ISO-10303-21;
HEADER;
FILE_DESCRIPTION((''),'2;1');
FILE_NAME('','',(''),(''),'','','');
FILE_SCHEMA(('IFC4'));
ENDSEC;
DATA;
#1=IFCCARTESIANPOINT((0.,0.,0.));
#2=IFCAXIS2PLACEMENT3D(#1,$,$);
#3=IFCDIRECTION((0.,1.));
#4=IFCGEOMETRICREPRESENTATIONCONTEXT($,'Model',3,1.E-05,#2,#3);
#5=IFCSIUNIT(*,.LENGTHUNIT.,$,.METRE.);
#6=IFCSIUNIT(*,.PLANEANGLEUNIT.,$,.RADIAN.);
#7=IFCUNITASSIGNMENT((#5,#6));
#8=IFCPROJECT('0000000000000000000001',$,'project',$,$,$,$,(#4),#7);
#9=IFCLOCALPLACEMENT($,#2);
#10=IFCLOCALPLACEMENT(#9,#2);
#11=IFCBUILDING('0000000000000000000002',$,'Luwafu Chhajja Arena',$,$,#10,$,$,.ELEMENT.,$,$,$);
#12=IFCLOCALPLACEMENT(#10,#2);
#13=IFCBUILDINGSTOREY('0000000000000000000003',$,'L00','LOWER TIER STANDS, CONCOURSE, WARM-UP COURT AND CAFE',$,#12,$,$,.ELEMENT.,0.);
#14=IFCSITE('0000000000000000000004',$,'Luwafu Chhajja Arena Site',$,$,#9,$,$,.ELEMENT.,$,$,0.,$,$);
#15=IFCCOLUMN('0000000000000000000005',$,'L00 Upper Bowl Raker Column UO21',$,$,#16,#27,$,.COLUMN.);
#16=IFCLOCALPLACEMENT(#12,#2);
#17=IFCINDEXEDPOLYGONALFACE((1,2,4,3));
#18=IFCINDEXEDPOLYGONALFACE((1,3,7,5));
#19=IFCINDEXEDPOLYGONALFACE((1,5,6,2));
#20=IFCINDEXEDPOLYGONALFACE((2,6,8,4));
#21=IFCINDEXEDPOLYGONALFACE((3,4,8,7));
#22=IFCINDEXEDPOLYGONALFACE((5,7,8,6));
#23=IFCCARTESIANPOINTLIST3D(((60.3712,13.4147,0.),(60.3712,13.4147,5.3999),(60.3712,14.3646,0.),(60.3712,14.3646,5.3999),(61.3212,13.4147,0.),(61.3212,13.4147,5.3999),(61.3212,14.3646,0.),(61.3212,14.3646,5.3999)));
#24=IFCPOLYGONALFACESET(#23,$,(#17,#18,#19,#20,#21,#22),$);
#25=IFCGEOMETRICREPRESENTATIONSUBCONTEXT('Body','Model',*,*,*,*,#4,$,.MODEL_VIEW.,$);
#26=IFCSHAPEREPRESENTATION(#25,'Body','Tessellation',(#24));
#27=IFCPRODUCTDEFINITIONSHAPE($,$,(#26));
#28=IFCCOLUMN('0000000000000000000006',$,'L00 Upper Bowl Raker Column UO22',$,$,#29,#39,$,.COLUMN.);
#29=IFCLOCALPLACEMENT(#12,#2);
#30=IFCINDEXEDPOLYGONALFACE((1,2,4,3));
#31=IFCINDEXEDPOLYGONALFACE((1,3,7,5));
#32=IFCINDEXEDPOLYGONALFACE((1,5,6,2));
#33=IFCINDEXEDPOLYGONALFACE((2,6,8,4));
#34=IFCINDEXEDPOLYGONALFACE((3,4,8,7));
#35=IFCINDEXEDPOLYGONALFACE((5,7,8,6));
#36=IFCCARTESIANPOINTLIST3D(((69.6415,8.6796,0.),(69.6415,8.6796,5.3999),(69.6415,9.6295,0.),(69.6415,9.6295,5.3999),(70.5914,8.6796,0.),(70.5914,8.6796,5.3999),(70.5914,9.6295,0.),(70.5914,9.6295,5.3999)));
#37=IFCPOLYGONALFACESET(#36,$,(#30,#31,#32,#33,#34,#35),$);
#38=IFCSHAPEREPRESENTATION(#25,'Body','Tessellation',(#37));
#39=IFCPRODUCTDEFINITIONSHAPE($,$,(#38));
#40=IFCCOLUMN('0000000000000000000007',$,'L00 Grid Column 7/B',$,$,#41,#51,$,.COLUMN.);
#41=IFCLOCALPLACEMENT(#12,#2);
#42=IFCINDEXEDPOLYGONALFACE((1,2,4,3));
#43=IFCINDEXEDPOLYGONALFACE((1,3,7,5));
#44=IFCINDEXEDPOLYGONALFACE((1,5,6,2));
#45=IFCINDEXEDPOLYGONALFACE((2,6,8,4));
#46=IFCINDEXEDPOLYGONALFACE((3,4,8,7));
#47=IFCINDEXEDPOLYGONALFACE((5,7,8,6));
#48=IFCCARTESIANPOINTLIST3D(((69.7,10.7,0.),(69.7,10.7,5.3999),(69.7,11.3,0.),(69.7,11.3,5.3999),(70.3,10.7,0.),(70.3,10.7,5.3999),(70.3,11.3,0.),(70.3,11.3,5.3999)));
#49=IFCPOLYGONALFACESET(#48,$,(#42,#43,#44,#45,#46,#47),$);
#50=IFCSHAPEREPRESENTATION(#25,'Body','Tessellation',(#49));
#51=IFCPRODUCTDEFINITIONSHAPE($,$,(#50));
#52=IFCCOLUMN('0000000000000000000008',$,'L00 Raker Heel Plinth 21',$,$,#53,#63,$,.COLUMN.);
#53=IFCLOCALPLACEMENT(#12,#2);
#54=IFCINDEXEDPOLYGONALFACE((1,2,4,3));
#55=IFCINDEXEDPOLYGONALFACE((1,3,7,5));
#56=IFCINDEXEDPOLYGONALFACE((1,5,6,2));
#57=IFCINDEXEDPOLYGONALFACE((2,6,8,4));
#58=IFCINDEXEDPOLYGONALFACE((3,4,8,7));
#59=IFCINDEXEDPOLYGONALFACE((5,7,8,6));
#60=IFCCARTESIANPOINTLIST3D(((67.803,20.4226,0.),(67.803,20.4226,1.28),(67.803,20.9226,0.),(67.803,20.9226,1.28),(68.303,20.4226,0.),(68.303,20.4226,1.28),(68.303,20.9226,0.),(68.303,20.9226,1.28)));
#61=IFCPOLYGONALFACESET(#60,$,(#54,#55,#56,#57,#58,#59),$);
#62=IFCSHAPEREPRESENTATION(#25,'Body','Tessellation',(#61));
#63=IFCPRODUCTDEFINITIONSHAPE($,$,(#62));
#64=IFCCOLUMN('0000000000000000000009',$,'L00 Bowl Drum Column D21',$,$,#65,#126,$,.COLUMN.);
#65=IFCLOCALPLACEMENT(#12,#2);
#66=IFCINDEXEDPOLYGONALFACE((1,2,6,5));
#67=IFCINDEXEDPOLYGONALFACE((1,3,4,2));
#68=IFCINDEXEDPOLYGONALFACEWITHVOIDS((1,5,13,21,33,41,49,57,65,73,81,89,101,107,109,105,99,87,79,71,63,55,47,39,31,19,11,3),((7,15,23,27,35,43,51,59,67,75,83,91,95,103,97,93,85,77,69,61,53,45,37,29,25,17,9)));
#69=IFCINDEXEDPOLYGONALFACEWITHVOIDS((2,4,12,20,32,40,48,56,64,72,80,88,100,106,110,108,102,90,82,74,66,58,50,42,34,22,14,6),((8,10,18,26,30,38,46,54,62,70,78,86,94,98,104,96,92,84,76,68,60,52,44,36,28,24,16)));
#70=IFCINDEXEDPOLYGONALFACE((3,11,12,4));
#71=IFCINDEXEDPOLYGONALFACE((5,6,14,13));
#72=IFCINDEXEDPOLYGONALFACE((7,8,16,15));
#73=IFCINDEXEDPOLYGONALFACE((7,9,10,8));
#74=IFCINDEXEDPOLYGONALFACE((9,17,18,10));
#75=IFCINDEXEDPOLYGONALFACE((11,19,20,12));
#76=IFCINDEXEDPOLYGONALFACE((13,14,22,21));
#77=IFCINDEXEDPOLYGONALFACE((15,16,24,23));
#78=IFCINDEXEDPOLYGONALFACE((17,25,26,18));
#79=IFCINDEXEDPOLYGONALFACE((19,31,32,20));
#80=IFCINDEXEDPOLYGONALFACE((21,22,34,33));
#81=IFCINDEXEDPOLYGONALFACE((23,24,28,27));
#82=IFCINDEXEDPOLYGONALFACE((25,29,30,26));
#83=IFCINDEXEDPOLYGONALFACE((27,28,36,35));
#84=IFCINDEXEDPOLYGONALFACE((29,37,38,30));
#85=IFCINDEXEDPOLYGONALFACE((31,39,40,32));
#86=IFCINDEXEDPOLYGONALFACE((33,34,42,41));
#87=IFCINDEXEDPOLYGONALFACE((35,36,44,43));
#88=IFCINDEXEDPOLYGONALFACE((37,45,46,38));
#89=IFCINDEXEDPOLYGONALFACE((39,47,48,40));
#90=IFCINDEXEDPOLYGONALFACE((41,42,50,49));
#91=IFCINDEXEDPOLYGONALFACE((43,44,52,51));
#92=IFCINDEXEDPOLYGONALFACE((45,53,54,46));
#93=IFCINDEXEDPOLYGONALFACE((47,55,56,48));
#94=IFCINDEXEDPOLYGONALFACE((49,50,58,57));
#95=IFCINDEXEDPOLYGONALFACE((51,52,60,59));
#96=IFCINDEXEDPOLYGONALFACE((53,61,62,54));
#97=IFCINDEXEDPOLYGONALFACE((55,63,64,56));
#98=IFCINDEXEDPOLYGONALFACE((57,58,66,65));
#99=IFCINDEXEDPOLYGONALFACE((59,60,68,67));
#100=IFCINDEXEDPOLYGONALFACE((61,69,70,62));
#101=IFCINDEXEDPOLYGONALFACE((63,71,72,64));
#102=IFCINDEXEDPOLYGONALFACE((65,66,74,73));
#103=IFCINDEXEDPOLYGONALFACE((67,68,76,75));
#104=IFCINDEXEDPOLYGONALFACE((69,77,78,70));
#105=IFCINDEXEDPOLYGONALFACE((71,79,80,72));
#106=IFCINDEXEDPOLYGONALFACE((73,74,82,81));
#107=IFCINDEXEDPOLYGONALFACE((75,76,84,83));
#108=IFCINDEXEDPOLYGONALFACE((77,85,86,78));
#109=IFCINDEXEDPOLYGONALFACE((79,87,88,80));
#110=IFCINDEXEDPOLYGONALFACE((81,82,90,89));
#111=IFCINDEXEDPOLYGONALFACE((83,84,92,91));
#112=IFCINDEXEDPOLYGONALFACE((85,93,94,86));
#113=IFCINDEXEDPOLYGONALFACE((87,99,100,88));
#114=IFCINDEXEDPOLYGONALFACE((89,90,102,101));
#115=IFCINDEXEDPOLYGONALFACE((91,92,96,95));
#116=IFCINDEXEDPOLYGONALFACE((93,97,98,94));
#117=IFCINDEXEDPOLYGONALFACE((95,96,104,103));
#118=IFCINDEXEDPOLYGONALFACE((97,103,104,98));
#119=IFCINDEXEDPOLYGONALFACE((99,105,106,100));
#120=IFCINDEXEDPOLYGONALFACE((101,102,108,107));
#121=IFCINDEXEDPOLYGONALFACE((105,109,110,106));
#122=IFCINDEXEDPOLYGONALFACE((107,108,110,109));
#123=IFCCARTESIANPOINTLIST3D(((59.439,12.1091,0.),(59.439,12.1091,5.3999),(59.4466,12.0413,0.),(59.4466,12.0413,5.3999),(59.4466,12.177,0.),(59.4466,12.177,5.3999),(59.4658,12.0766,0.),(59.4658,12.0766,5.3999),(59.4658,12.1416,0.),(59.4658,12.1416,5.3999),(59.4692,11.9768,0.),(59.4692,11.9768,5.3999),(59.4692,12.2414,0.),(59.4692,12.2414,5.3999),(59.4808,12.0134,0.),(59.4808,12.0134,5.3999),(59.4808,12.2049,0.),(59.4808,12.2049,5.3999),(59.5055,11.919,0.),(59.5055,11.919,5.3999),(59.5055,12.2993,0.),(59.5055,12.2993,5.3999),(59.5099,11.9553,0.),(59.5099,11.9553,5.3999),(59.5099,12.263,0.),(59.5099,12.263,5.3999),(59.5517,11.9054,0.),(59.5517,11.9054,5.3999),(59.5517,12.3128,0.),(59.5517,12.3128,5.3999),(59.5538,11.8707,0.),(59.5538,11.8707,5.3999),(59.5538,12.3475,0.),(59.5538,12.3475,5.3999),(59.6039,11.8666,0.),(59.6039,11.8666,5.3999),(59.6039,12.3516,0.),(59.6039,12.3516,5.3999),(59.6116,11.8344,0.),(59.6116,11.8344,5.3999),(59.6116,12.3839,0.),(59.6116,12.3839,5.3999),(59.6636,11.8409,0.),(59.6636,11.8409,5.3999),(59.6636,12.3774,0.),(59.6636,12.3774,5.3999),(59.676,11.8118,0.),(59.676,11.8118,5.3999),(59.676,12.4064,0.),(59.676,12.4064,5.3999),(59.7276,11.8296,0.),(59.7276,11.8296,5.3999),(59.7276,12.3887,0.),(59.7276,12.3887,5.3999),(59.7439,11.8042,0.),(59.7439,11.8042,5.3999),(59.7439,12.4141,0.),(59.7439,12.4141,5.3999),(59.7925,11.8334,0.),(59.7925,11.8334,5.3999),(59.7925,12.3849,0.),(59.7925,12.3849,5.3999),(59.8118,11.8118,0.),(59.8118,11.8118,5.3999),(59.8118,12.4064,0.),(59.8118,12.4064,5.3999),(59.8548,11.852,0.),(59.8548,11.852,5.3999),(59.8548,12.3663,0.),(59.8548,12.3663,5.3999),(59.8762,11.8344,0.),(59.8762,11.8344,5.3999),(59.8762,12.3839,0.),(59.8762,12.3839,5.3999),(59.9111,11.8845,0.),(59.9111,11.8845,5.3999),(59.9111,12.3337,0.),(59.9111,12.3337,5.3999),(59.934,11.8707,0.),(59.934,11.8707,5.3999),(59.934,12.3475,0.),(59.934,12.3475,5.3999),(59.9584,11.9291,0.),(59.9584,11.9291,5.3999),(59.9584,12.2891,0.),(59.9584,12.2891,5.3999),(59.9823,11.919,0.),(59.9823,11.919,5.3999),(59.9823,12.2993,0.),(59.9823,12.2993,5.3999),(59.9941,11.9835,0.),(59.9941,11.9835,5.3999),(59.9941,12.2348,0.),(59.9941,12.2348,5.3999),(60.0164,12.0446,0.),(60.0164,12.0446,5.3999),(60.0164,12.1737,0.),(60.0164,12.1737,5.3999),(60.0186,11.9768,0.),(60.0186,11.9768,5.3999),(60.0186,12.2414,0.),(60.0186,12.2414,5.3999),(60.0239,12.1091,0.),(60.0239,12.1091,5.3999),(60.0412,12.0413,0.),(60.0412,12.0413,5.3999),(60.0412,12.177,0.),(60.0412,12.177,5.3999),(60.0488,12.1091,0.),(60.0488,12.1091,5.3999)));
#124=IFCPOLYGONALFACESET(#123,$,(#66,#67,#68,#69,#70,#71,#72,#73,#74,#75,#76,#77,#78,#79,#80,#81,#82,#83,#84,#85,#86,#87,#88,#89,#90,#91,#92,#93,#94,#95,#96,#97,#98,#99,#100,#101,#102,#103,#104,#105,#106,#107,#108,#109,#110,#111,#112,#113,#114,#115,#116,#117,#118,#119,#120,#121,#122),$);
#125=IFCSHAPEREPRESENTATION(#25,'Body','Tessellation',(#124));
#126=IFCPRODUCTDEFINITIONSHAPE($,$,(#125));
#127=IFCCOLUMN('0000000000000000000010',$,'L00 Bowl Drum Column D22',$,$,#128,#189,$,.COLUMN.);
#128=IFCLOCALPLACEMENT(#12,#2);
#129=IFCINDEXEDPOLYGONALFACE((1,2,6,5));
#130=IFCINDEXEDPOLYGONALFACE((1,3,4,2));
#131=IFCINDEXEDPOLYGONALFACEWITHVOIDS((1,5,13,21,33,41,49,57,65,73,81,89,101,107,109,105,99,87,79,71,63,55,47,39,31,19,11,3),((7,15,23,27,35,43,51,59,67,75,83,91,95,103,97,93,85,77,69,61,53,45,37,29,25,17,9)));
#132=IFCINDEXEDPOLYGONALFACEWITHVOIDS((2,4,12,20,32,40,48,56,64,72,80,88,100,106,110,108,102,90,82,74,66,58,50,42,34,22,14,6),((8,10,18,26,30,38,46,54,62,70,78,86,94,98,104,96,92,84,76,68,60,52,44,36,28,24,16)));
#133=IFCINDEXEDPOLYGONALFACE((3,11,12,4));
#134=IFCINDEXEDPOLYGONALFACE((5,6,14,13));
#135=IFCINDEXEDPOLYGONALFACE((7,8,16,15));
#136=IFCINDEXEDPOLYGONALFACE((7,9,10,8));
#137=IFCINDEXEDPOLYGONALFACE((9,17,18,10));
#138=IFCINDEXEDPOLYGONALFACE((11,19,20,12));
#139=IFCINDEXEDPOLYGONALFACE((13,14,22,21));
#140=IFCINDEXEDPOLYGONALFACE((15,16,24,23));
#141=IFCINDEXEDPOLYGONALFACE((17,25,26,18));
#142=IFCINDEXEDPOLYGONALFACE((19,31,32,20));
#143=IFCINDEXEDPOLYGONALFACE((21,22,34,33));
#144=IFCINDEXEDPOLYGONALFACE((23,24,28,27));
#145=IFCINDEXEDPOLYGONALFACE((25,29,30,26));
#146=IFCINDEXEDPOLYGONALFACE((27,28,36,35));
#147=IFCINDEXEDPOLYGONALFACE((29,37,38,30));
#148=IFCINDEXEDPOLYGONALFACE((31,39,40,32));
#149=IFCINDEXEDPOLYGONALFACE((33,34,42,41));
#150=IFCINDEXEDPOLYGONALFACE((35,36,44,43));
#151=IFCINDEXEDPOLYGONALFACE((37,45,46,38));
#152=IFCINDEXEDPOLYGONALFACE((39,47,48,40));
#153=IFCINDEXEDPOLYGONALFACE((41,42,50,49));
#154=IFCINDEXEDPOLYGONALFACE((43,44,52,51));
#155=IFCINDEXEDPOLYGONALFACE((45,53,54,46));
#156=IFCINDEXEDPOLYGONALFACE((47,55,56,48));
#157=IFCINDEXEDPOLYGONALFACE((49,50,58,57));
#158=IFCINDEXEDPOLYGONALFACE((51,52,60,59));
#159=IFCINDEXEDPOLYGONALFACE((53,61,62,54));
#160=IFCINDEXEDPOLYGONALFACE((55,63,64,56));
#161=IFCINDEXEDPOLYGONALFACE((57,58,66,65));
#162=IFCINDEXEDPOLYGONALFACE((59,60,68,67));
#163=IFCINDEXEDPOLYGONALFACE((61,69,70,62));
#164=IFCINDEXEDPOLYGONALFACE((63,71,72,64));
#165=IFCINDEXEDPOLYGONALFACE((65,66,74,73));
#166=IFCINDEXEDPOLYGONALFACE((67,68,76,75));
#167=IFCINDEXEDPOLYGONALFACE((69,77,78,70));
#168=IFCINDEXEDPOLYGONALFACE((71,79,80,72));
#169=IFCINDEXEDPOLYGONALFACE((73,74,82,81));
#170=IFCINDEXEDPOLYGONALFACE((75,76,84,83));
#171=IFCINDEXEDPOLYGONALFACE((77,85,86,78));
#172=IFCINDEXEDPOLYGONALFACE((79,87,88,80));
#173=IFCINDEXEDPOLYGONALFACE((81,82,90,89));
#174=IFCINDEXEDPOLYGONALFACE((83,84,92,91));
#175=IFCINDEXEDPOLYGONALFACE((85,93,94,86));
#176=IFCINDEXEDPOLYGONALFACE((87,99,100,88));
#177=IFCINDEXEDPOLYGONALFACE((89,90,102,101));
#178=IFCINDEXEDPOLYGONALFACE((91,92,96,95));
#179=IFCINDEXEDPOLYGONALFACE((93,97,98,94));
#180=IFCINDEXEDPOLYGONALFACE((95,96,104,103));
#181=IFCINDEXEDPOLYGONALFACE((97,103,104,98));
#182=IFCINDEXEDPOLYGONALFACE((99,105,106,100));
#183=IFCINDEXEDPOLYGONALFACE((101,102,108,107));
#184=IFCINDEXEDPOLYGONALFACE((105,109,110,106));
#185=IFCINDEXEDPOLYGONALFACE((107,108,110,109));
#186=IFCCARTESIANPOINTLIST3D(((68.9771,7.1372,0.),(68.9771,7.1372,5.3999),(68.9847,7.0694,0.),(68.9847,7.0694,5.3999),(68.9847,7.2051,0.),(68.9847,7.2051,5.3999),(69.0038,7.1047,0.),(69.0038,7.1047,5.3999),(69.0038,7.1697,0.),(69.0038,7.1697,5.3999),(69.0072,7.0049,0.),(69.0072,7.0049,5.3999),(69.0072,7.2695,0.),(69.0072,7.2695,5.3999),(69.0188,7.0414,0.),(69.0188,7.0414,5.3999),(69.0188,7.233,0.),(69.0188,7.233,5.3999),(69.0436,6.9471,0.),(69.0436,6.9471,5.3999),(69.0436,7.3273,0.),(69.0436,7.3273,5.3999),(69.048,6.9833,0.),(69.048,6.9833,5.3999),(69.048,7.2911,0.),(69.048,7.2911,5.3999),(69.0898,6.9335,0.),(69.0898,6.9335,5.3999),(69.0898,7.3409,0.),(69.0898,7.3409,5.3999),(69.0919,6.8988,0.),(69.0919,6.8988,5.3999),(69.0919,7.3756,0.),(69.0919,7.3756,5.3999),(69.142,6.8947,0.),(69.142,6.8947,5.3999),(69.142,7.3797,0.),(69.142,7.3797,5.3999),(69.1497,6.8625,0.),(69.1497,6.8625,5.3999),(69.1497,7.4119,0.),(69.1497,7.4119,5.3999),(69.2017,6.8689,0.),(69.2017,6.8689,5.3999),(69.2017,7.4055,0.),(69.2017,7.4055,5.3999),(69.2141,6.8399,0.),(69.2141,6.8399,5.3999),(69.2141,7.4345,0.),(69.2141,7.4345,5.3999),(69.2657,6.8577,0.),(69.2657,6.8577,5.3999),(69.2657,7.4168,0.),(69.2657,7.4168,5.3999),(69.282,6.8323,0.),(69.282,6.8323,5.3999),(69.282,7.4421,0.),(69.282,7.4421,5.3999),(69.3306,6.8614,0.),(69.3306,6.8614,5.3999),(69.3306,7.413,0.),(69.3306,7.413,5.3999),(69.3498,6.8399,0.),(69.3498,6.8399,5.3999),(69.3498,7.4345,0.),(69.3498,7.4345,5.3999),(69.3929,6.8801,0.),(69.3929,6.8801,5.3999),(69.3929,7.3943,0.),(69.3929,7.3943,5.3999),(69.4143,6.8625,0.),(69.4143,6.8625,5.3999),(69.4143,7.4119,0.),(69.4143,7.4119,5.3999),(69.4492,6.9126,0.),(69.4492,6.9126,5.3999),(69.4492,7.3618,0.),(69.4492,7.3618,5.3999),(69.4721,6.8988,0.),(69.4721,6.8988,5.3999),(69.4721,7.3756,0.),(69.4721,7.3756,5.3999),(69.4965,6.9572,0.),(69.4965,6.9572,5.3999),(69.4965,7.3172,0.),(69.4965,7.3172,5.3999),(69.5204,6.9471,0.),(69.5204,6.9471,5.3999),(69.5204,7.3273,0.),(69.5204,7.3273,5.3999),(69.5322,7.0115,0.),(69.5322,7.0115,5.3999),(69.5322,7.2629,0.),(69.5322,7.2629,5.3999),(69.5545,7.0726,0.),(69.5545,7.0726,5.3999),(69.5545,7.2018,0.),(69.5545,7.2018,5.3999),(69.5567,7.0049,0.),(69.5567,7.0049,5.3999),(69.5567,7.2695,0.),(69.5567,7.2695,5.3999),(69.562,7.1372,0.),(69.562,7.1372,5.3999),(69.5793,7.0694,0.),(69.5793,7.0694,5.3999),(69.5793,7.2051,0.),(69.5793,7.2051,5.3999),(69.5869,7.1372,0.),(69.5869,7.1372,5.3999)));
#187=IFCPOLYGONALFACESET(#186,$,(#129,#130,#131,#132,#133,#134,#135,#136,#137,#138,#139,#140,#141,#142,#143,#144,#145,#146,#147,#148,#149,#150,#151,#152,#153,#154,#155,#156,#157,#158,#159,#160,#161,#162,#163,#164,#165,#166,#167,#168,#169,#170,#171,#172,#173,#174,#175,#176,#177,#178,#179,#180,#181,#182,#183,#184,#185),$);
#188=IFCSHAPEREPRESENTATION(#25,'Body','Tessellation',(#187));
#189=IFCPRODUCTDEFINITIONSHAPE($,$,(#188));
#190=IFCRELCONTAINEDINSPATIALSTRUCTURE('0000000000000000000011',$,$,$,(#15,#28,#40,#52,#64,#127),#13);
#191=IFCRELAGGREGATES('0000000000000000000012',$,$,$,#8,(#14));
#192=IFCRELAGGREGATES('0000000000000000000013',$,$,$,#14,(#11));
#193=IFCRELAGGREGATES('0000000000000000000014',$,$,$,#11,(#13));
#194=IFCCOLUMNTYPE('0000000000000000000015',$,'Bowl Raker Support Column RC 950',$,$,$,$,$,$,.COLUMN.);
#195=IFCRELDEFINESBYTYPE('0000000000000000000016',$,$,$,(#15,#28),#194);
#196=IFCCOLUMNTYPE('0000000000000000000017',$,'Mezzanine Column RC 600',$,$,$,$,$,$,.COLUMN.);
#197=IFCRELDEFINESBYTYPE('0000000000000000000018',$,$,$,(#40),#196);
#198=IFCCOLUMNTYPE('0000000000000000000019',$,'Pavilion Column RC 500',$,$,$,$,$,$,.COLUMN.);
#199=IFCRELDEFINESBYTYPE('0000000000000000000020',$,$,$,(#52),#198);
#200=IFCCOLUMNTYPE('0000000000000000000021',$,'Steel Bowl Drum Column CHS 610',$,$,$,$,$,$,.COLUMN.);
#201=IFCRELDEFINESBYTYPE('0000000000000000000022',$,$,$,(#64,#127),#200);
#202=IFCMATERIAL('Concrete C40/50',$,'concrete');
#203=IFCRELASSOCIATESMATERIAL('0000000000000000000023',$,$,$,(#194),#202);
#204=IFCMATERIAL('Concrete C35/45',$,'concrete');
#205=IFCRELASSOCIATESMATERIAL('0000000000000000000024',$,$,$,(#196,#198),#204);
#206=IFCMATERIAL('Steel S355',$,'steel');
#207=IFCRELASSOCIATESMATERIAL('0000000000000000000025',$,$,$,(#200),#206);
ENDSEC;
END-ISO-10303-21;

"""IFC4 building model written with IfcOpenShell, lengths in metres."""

from ifc_helpers import new_model, si_unit, direction, frame, origin, origin_2d, place, context, subcontext, project, spatial, rectangle, hollow_circle, extrude, material, material_profile, profile_set, type_object, element, save


model = new_model("IFC4")

# Units and contexts
model_context = context("Model", 3, precision=1e-05, world=origin(), true_north=direction((0.0, 1.0)))
body_context = subcontext(model_context, "Body", "Model", "MODEL_VIEW")
ifc_project = project(units=[si_unit("LENGTHUNIT", "METRE"), si_unit("PLANEANGLEUNIT", "RADIAN")], contexts=[model_context])

# Site, building, storey
site_placement = place(None, origin())
site = spatial("IfcSite", under=ifc_project, at=site_placement, Name="Luwafu Chhajja Arena Site", CompositionType="ELEMENT", RefElevation=0.0)
building_placement = place(site_placement, origin())
building = spatial("IfcBuilding", under=site, at=building_placement, Name="Luwafu Chhajja Arena", CompositionType="ELEMENT")
storey_placement = place(building_placement, origin())
storey = spatial("IfcBuildingStorey", under=building, at=storey_placement, Name="L00", Description="LOWER TIER STANDS, CONCOURSE, WARM-UP COURT AND CAFE", CompositionType="ELEMENT", Elevation=0.0)

# Columns
ifc_material_1 = material(Name="Concrete C40/50", Category="concrete")
ifc_material_profile_1 = material_profile(ifc_material_1, rectangle(XDim=0.95, YDim=0.95, at=origin_2d()), Name="RC 950x950")
ifc_profile_set_1 = profile_set([ifc_material_profile_1], Name="Concrete C40/50")
column_type_1 = type_object("IfcColumnType", Name="Bowl Raker Support Column RC 950", PredefinedType="COLUMN", material=ifc_profile_set_1)
for number, where, z_axis, x_axis, name in (
    (1, (60.8462, 13.8896, 0.0), (0.0, 0.0, 1.0), (1.0, 0.0, 0.0), "L00 Upper Bowl Raker Column UO21"),
    (2, (70.1165, 9.1545, 0.0), (0.0, 0.0, 1.0), (1.0, 0.0, 0.0), "L00 Upper Bowl Raker Column UO22"),
):
    element("IfcColumn", number, at=place(storey_placement, frame(where, z_axis=z_axis, x_axis=x_axis)), inside=storey, type_object=column_type_1, Name=name, PredefinedType="COLUMN", context=body_context, shape_type="SweptSolid", body=[
        extrude(rectangle(XDim=0.95, YDim=0.95, at=origin_2d()), origin(), (0.0, 0.0, 1.0), 5.3999),
    ])
ifc_material_2 = material(Name="Concrete C35/45", Category="concrete")
ifc_material_profile_2 = material_profile(ifc_material_2, rectangle(XDim=0.6001, YDim=0.6001, at=origin_2d()), Name="RC 600x600")
ifc_profile_set_2 = profile_set([ifc_material_profile_2], Name="Concrete C35/45")
column_type_2 = type_object("IfcColumnType", Name="Mezzanine Column RC 600", PredefinedType="COLUMN", material=ifc_profile_set_2)
column_1_placement = place(storey_placement, frame((70.0, 11.0, 0.0), z_axis=(0.0, 0.0, 1.0), x_axis=(1.0, 0.0, 0.0)))
element("IfcColumn", 3, at=column_1_placement, inside=storey, type_object=column_type_2, Name="L00 Grid Column 7/B", PredefinedType="COLUMN", context=body_context, shape_type="SweptSolid", body=[
    extrude(rectangle(XDim=0.6001, YDim=0.6001, at=origin_2d()), origin(), (0.0, 0.0, 1.0), 5.3999),
])
ifc_material_profile_3 = material_profile(ifc_material_2, rectangle(XDim=0.5, YDim=0.5, at=origin_2d()), Name="RC 500x500")
ifc_profile_set_3 = profile_set([ifc_material_profile_3], Name="Concrete C35/45")
column_type_3 = type_object("IfcColumnType", Name="Pavilion Column RC 500", PredefinedType="COLUMN", material=ifc_profile_set_3)
column_2_placement = place(storey_placement, frame((68.053, 20.6726, 0.0), z_axis=(0.0, 0.0, 1.0), x_axis=(1.0, 0.0, 0.0)))
element("IfcColumn", 4, at=column_2_placement, inside=storey, type_object=column_type_3, Name="L00 Raker Heel Plinth 21", PredefinedType="COLUMN", context=body_context, shape_type="SweptSolid", body=[
    extrude(rectangle(XDim=0.5, YDim=0.5, at=origin_2d()), origin(), (0.0, 0.0, 1.0), 1.28),
])
ifc_material_3 = material(Name="Steel S355", Category="steel")
ifc_material_profile_4 = material_profile(ifc_material_3, hollow_circle(Radius=0.3049, WallThickness=0.0249, at=origin_2d()), Name="CHS 610x25")
ifc_profile_set_4 = profile_set([ifc_material_profile_4], Name="Steel S355")
column_type_4 = type_object("IfcColumnType", Name="Steel Bowl Drum Column CHS 610", PredefinedType="COLUMN", material=ifc_profile_set_4)
for number, where, z_axis, x_axis, name in (
    (5, (59.7439, 12.1091, 0.0), (0.0, 0.0, 1.0), (1.0, 0.0, 0.0), "L00 Bowl Drum Column D21"),
    (6, (69.282, 7.1372, 0.0), (0.0, 0.0, 1.0), (1.0, 0.0, 0.0), "L00 Bowl Drum Column D22"),
):
    element("IfcColumn", number, at=place(storey_placement, frame(where, z_axis=z_axis, x_axis=x_axis)), inside=storey, type_object=column_type_4, Name=name, PredefinedType="COLUMN", context=body_context, shape_type="SweptSolid", body=[
        extrude(hollow_circle(Radius=0.3049, WallThickness=0.0249, at=origin_2d()), origin(), (0.0, 0.0, 1.0), 5.3999),
    ])

save(model, "model.ifc")
